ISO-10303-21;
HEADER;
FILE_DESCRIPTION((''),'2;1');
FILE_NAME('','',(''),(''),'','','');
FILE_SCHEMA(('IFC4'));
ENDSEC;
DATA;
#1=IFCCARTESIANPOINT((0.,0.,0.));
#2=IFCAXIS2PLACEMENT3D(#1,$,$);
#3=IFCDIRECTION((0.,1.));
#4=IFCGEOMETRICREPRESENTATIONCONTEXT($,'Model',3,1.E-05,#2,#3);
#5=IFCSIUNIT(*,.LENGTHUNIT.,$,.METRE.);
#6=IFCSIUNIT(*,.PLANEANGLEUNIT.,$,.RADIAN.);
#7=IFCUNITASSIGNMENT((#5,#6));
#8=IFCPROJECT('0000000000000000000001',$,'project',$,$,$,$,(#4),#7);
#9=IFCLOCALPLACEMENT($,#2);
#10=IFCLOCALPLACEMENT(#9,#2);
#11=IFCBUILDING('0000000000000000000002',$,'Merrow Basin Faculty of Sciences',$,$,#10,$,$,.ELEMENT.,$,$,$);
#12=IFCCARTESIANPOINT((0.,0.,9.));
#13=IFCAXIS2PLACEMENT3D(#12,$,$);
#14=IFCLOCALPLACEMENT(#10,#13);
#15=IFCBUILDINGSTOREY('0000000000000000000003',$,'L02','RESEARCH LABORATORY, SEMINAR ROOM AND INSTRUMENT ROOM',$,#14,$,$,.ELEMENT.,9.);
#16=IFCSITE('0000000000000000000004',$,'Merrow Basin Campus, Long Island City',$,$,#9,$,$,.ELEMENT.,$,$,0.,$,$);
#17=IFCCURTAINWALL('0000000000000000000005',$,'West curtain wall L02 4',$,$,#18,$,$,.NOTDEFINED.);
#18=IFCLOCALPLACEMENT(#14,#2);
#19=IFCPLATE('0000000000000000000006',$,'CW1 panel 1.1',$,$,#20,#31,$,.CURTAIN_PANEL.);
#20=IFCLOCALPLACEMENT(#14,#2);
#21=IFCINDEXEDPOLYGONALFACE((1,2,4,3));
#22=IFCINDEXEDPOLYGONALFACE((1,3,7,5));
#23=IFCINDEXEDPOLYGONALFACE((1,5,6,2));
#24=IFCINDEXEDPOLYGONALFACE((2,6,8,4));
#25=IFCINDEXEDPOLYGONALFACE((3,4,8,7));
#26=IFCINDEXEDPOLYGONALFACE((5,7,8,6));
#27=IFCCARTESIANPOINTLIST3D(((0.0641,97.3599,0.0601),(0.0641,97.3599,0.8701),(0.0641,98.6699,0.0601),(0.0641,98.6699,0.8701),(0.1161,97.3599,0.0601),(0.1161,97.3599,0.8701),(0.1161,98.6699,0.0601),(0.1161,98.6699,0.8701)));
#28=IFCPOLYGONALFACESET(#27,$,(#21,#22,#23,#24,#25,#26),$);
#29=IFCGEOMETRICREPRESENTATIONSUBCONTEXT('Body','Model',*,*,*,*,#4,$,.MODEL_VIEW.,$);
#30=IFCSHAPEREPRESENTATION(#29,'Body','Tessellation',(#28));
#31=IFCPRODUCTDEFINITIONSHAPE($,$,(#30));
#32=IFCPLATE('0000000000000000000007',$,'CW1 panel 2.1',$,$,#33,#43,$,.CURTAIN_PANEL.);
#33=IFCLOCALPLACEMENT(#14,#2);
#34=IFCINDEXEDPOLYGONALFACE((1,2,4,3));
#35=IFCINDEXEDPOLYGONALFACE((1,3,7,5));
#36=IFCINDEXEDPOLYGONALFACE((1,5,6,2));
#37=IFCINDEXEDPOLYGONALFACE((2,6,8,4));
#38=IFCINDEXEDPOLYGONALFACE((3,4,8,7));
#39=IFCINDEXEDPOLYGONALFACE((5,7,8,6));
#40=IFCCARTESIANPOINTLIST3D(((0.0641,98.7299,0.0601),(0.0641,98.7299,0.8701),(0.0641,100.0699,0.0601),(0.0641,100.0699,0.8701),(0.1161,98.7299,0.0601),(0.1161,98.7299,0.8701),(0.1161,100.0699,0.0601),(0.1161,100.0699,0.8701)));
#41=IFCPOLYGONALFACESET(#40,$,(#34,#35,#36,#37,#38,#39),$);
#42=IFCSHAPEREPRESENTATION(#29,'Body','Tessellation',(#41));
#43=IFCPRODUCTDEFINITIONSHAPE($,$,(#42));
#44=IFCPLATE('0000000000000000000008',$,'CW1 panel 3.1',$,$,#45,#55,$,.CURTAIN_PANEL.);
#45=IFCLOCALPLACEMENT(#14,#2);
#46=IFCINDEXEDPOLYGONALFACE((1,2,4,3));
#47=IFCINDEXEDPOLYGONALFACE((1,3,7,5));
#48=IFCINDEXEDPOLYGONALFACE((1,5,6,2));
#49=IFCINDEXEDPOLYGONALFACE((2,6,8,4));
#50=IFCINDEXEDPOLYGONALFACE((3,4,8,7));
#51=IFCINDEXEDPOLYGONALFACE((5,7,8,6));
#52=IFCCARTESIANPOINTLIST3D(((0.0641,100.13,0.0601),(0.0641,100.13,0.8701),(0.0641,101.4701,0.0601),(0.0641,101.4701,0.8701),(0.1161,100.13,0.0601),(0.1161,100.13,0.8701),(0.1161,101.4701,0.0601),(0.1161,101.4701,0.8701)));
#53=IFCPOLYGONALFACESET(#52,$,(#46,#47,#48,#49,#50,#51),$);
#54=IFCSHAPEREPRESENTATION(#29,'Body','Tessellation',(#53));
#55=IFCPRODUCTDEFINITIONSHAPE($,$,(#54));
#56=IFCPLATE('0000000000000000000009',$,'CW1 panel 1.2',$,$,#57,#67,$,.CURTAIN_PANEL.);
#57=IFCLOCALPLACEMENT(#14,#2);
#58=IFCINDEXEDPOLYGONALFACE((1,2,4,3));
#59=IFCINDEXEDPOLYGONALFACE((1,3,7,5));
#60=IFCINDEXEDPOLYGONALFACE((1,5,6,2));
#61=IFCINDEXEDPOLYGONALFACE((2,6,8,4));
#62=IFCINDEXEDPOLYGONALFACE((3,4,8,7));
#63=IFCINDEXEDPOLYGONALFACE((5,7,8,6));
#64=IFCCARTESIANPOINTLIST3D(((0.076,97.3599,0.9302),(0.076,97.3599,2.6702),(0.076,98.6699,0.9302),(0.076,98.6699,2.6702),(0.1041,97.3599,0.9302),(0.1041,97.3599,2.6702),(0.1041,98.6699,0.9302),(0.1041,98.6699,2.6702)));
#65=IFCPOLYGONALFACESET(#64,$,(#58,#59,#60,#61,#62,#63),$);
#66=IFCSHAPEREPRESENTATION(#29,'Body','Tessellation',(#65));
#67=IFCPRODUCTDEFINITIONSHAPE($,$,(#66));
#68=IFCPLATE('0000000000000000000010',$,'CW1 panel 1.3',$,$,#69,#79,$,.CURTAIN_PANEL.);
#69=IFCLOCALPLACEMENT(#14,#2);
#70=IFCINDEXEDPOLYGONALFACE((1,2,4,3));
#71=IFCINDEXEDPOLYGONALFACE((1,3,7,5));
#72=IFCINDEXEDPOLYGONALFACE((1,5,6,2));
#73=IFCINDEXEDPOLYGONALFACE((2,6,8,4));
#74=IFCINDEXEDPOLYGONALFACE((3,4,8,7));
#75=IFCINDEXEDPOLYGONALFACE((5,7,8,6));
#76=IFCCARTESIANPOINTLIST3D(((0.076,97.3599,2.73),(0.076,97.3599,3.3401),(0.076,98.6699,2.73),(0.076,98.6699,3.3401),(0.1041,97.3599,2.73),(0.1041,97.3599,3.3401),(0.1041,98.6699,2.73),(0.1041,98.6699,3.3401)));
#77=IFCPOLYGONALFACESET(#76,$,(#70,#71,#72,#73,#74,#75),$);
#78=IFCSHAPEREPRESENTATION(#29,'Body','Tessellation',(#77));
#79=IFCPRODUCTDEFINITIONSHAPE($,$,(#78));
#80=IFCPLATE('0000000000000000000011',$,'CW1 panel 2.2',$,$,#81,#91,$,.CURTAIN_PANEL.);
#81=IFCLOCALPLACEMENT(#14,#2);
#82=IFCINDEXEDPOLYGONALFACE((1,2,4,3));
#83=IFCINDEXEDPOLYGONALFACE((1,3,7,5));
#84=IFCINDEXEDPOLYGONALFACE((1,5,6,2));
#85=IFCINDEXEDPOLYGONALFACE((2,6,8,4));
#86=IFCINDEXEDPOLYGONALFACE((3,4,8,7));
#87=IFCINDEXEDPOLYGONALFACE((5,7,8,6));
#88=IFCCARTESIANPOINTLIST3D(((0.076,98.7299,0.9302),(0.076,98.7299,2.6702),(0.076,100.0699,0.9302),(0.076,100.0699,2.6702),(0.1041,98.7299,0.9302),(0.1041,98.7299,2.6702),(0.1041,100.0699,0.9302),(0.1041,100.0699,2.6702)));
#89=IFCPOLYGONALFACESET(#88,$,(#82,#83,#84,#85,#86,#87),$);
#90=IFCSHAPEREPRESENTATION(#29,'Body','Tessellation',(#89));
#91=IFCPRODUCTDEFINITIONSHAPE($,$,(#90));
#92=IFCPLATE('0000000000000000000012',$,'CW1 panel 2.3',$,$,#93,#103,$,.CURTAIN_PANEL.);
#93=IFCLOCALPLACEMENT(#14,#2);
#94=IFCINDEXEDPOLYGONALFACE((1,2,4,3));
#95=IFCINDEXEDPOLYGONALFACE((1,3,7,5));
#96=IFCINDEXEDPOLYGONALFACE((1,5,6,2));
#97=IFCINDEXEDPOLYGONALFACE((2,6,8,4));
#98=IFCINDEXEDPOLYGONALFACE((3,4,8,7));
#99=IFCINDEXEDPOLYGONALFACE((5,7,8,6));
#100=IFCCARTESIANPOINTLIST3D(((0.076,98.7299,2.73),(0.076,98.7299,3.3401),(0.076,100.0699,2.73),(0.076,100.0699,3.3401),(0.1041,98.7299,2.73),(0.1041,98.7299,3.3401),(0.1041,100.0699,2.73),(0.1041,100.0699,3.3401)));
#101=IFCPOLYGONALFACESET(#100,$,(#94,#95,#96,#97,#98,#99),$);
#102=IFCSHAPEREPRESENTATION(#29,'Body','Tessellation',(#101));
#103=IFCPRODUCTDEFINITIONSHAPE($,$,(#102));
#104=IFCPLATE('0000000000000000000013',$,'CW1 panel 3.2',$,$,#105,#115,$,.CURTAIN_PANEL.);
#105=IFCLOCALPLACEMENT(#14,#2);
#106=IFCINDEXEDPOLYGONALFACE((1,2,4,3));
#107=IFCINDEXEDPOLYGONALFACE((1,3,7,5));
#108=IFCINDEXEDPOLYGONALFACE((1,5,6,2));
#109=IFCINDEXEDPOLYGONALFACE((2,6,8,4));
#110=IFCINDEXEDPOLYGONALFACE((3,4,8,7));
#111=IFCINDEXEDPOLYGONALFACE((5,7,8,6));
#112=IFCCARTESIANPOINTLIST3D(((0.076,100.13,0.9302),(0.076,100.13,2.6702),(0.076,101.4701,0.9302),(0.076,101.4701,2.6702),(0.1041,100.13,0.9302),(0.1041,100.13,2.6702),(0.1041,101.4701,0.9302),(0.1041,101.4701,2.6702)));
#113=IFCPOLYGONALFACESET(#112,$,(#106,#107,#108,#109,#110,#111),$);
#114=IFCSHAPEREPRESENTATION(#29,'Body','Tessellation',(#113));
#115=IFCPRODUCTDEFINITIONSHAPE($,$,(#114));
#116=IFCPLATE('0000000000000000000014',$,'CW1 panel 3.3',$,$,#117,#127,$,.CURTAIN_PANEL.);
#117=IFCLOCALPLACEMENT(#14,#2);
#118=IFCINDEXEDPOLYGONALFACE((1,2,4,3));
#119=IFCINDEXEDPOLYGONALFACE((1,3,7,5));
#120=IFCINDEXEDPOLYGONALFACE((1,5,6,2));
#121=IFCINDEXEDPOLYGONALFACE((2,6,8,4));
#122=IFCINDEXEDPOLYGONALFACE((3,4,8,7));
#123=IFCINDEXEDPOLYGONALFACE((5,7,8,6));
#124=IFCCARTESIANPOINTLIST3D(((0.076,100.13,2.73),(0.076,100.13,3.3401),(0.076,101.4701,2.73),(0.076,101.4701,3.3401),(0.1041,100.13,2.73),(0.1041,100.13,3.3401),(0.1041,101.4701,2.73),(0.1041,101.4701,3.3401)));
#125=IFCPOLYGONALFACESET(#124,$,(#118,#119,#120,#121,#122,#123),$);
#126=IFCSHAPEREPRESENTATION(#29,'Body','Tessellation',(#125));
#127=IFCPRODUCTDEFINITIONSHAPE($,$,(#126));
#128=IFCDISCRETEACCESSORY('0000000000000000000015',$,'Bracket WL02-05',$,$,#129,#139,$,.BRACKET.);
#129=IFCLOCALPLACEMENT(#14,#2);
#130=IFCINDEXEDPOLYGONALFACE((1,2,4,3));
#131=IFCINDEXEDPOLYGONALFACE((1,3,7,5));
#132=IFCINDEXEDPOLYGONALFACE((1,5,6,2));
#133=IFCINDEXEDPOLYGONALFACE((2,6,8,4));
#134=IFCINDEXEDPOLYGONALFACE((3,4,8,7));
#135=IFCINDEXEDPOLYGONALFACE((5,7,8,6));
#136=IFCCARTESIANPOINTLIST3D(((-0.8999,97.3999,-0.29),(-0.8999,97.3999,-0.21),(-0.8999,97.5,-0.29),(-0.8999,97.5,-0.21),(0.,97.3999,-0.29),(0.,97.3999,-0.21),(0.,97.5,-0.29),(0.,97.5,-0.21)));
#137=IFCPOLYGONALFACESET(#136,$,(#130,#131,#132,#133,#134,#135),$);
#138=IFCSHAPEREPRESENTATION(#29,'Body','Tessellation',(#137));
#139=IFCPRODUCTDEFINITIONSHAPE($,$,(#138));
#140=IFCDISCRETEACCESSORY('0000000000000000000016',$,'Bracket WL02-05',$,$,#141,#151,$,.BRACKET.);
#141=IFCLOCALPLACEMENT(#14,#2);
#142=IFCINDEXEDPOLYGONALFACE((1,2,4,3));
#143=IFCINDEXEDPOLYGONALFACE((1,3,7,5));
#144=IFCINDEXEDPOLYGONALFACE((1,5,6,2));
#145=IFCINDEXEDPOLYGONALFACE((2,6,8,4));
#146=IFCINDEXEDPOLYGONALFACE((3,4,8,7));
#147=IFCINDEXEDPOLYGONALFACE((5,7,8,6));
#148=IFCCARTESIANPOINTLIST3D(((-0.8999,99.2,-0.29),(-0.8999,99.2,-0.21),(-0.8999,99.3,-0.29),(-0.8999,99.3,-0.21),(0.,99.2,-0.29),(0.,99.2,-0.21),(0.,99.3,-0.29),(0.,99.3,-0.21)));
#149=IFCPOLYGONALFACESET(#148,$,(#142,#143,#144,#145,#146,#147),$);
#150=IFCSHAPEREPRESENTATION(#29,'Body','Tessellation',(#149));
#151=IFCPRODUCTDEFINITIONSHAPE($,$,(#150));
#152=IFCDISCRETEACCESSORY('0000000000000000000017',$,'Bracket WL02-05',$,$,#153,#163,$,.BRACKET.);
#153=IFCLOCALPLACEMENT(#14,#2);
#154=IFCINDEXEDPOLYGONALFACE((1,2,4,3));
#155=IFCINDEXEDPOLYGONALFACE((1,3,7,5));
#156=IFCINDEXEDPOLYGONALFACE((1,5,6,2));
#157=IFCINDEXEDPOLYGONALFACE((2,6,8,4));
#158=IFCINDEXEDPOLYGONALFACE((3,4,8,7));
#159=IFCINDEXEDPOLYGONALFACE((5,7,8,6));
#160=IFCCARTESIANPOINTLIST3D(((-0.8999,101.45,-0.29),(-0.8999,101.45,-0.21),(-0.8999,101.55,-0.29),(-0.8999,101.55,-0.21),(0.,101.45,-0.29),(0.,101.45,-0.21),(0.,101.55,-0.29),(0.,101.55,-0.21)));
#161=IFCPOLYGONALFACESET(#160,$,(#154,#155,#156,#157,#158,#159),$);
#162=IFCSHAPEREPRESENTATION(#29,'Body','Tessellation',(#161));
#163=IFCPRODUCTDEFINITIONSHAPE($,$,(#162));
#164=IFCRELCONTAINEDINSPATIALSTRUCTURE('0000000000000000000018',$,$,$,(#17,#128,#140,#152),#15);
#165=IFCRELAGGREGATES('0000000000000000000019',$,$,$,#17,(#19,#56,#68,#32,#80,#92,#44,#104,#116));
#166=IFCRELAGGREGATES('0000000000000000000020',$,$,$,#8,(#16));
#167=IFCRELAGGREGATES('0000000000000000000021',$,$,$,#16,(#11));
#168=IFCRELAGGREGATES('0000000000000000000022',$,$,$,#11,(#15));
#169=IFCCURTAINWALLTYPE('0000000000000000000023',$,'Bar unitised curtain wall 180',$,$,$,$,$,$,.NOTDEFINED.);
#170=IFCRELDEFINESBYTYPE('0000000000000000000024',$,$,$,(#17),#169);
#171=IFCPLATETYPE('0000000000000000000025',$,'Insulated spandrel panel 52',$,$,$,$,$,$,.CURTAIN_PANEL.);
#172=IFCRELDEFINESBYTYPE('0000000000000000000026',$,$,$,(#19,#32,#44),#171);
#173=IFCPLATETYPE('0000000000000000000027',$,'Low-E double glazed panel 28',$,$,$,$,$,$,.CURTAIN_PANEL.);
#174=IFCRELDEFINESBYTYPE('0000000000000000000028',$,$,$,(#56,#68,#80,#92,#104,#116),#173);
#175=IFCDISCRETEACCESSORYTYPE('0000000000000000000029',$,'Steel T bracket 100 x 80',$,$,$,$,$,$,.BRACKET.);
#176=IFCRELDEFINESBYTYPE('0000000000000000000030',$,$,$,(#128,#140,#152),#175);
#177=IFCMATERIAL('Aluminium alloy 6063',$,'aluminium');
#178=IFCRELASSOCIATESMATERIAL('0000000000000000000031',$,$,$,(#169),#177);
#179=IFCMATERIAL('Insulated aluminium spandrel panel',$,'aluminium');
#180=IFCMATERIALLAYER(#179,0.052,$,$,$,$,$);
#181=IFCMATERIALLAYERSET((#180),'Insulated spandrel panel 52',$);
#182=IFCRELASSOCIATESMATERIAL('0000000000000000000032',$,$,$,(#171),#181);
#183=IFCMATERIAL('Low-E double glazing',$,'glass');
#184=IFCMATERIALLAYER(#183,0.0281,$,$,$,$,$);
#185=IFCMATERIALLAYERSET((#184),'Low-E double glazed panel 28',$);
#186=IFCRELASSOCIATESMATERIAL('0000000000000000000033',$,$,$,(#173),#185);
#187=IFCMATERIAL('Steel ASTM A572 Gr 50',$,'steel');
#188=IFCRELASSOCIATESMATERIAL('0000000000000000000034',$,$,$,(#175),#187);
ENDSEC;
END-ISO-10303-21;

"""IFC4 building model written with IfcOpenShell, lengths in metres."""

from ifc_helpers import new_model, si_unit, direction, frame, origin, origin_2d, place, context, subcontext, project, spatial, polyline, rectangle, outline, extrude, source, transform, mapped, material, layer, layer_set, type_object, element, aggregate, save


model = new_model("IFC4")

# Units and contexts
model_context = context("Model", 3, precision=1e-05, world=origin(), true_north=direction((0.0, 1.0)))
body_context = subcontext(model_context, "Body", "Model", "MODEL_VIEW")
ifc_project = project(units=[si_unit("LENGTHUNIT", "METRE"), si_unit("PLANEANGLEUNIT", "RADIAN")], contexts=[model_context])

# Site, building, storey
site_placement = place(None, origin())
site = spatial("IfcSite", under=ifc_project, at=site_placement, Name="Merrow Basin Campus, Long Island City", CompositionType="ELEMENT", RefElevation=0.0)
building_placement = place(site_placement, origin())
building = spatial("IfcBuilding", under=site, at=building_placement, Name="Merrow Basin Faculty of Sciences", CompositionType="ELEMENT")
storey_placement = place(building_placement, frame((0.0, 0.0, 9.0)))
storey = spatial("IfcBuildingStorey", under=building, at=storey_placement, Name="L02", Description="RESEARCH LABORATORY, SEMINAR ROOM AND INSTRUMENT ROOM", CompositionType="ELEMENT", Elevation=9.0)

# Curtain wall, plates
ifc_material_1 = material(Name="Aluminium alloy 6063", Category="aluminium")
curtain_wall_type = type_object("IfcCurtainWallType", Name="Bar unitised curtain wall 180", PredefinedType="NOTDEFINED", material=ifc_material_1)
curtain_wall_placement = place(storey_placement, origin())
curtain_wall = element("IfcCurtainWall", 1, at=curtain_wall_placement, inside=storey, type_object=curtain_wall_type, Name="West curtain wall L02 4", PredefinedType="NOTDEFINED")
ifc_material_2 = material(Name="Insulated aluminium spandrel panel", Category="aluminium")
ifc_layer_1 = layer(ifc_material_2, 0.052)
ifc_layer_set_1 = layer_set([ifc_layer_1], Name="Insulated spandrel panel 52")
plate_type_1 = type_object("IfcPlateType", Name="Insulated spandrel panel 52", PredefinedType="CURTAIN_PANEL", material=ifc_layer_set_1)
plate_1_placement = place(storey_placement, frame((0.0901, 98.0149, 0.0601), z_axis=(0.0, 0.0, 1.0), x_axis=(0.0, 1.0, 0.0)))
plate_1 = element("IfcPlate", 2, at=plate_1_placement, type_object=plate_type_1, Name="CW1 panel 1.1", PredefinedType="CURTAIN_PANEL", context=body_context, shape_type="SweptSolid", body=[
    extrude(rectangle(XDim=1.3101, YDim=0.052, at=origin_2d()), origin(), (0.0, 0.0, 1.0), 0.8101),
])
plate_2_placement = place(storey_placement, frame((0.0901, 99.3999, 0.0601), z_axis=(0.0, 0.0, 1.0), x_axis=(0.0, 1.0, 0.0)))
plate_2 = element("IfcPlate", 3, at=plate_2_placement, type_object=plate_type_1, Name="CW1 panel 2.1", PredefinedType="CURTAIN_PANEL", context=body_context, shape_type="SweptSolid", body=[
    extrude(rectangle(XDim=1.3401, YDim=0.052, at=origin_2d()), origin(), (0.0, 0.0, 1.0), 0.8101),
])
plate_3_placement = place(storey_placement, frame((0.0901, 100.8, 0.0601), z_axis=(0.0, 0.0, 1.0), x_axis=(0.0, 1.0, 0.0)))
plate_3 = element("IfcPlate", 4, at=plate_3_placement, type_object=plate_type_1, Name="CW1 panel 3.1", PredefinedType="CURTAIN_PANEL", context=body_context, shape_type="SweptSolid", body=[
    extrude(rectangle(XDim=1.3401, YDim=0.052, at=origin_2d()), origin(), (0.0, 0.0, 1.0), 0.8101),
])
ifc_material_3 = material(Name="Low-E double glazing", Category="glass")
ifc_layer_2 = layer(ifc_material_3, 0.0281)
ifc_layer_set_2 = layer_set([ifc_layer_2], Name="Low-E double glazed panel 28")
plate_type_2 = type_object("IfcPlateType", Name="Low-E double glazed panel 28", PredefinedType="CURTAIN_PANEL", material=ifc_layer_set_2)
plate_4_placement = place(storey_placement, frame((0.0901, 98.0149, 0.9302), z_axis=(0.0, 0.0, 1.0), x_axis=(0.0, 1.0, 0.0)))
plate_4 = element("IfcPlate", 5, at=plate_4_placement, type_object=plate_type_2, Name="CW1 panel 1.2", PredefinedType="CURTAIN_PANEL", context=body_context, shape_type="SweptSolid", body=[
    extrude(rectangle(XDim=1.3101, YDim=0.0281, at=origin_2d()), origin(), (0.0, 0.0, 1.0), 1.74),
])
plate_5_placement = place(storey_placement, frame((0.0901, 98.0149, 2.73), z_axis=(0.0, 0.0, 1.0), x_axis=(0.0, 1.0, 0.0)))
plate_5 = element("IfcPlate", 6, at=plate_5_placement, type_object=plate_type_2, Name="CW1 panel 1.3", PredefinedType="CURTAIN_PANEL", context=body_context, shape_type="SweptSolid", body=[
    extrude(rectangle(XDim=1.3101, YDim=0.0281, at=origin_2d()), origin(), (0.0, 0.0, 1.0), 0.6101),
])
plate_6_placement = place(storey_placement, frame((0.0901, 99.3999, 0.9302), z_axis=(0.0, 0.0, 1.0), x_axis=(0.0, 1.0, 0.0)))
plate_6 = element("IfcPlate", 7, at=plate_6_placement, type_object=plate_type_2, Name="CW1 panel 2.2", PredefinedType="CURTAIN_PANEL", context=body_context, shape_type="SweptSolid", body=[
    extrude(rectangle(XDim=1.3401, YDim=0.0281, at=origin_2d()), origin(), (0.0, 0.0, 1.0), 1.74),
])
plate_7_placement = place(storey_placement, frame((0.0901, 99.3999, 2.73), z_axis=(0.0, 0.0, 1.0), x_axis=(0.0, 1.0, 0.0)))
plate_7 = element("IfcPlate", 8, at=plate_7_placement, type_object=plate_type_2, Name="CW1 panel 2.3", PredefinedType="CURTAIN_PANEL", context=body_context, shape_type="SweptSolid", body=[
    extrude(rectangle(XDim=1.3401, YDim=0.0281, at=origin_2d()), origin(), (0.0, 0.0, 1.0), 0.6101),
])
plate_8_placement = place(storey_placement, frame((0.0901, 100.8, 0.9302), z_axis=(0.0, 0.0, 1.0), x_axis=(0.0, 1.0, 0.0)))
plate_8 = element("IfcPlate", 9, at=plate_8_placement, type_object=plate_type_2, Name="CW1 panel 3.2", PredefinedType="CURTAIN_PANEL", context=body_context, shape_type="SweptSolid", body=[
    extrude(rectangle(XDim=1.3401, YDim=0.0281, at=origin_2d()), origin(), (0.0, 0.0, 1.0), 1.74),
])
plate_9_placement = place(storey_placement, frame((0.0901, 100.8, 2.73), z_axis=(0.0, 0.0, 1.0), x_axis=(0.0, 1.0, 0.0)))
plate_9 = element("IfcPlate", 10, at=plate_9_placement, type_object=plate_type_2, Name="CW1 panel 3.3", PredefinedType="CURTAIN_PANEL", context=body_context, shape_type="SweptSolid", body=[
    extrude(rectangle(XDim=1.3401, YDim=0.0281, at=origin_2d()), origin(), (0.0, 0.0, 1.0), 0.6101),
])
aggregate(curtain_wall, [plate_1, plate_4, plate_5, plate_2, plate_6, plate_7, plate_3, plate_8, plate_9])

# Discrete accessories
ifc_material_4 = material(Name="Steel ASTM A572 Gr 50", Category="steel")
discrete_accessory_type = type_object("IfcDiscreteAccessoryType", Name="Steel T bracket 100 x 80", PredefinedType="BRACKET", material=ifc_material_4)
shared_shape = source(origin(), body_context, "Body", "SweptSolid", [
    extrude(outline(polyline([(0.0, 0.0), (0.1001, 0.0), (0.1001, 0.0801), (0.0, 0.0801), (0.0, 0.0)])), origin(), (0.0, 0.0, 1.0), 0.8999),
])
for number, where, z_axis, x_axis, name in (
    (11, (-0.8999, 97.3999, -0.29), (1.0, 0.0, 0.0), (0.0, 1.0, 0.0), "Bracket WL02-05"),
    (12, (-0.8999, 99.2, -0.29), (1.0, 0.0, 0.0), (0.0, 1.0, 0.0), "Bracket WL02-05"),
    (13, (-0.8999, 101.45, -0.29), (1.0, 0.0, 0.0), (0.0, 1.0, 0.0), "Bracket WL02-05"),
):
    element("IfcDiscreteAccessory", number, at=place(storey_placement, frame(where, z_axis=z_axis, x_axis=x_axis)), inside=storey, type_object=discrete_accessory_type, Name=name, PredefinedType="BRACKET", context=body_context, shape_type="MappedRepresentation", body=[
        mapped(shared_shape, transform((0.0, 0.0, 0.0), scale=1.0)),
    ])

save(model, "model.ifc")
